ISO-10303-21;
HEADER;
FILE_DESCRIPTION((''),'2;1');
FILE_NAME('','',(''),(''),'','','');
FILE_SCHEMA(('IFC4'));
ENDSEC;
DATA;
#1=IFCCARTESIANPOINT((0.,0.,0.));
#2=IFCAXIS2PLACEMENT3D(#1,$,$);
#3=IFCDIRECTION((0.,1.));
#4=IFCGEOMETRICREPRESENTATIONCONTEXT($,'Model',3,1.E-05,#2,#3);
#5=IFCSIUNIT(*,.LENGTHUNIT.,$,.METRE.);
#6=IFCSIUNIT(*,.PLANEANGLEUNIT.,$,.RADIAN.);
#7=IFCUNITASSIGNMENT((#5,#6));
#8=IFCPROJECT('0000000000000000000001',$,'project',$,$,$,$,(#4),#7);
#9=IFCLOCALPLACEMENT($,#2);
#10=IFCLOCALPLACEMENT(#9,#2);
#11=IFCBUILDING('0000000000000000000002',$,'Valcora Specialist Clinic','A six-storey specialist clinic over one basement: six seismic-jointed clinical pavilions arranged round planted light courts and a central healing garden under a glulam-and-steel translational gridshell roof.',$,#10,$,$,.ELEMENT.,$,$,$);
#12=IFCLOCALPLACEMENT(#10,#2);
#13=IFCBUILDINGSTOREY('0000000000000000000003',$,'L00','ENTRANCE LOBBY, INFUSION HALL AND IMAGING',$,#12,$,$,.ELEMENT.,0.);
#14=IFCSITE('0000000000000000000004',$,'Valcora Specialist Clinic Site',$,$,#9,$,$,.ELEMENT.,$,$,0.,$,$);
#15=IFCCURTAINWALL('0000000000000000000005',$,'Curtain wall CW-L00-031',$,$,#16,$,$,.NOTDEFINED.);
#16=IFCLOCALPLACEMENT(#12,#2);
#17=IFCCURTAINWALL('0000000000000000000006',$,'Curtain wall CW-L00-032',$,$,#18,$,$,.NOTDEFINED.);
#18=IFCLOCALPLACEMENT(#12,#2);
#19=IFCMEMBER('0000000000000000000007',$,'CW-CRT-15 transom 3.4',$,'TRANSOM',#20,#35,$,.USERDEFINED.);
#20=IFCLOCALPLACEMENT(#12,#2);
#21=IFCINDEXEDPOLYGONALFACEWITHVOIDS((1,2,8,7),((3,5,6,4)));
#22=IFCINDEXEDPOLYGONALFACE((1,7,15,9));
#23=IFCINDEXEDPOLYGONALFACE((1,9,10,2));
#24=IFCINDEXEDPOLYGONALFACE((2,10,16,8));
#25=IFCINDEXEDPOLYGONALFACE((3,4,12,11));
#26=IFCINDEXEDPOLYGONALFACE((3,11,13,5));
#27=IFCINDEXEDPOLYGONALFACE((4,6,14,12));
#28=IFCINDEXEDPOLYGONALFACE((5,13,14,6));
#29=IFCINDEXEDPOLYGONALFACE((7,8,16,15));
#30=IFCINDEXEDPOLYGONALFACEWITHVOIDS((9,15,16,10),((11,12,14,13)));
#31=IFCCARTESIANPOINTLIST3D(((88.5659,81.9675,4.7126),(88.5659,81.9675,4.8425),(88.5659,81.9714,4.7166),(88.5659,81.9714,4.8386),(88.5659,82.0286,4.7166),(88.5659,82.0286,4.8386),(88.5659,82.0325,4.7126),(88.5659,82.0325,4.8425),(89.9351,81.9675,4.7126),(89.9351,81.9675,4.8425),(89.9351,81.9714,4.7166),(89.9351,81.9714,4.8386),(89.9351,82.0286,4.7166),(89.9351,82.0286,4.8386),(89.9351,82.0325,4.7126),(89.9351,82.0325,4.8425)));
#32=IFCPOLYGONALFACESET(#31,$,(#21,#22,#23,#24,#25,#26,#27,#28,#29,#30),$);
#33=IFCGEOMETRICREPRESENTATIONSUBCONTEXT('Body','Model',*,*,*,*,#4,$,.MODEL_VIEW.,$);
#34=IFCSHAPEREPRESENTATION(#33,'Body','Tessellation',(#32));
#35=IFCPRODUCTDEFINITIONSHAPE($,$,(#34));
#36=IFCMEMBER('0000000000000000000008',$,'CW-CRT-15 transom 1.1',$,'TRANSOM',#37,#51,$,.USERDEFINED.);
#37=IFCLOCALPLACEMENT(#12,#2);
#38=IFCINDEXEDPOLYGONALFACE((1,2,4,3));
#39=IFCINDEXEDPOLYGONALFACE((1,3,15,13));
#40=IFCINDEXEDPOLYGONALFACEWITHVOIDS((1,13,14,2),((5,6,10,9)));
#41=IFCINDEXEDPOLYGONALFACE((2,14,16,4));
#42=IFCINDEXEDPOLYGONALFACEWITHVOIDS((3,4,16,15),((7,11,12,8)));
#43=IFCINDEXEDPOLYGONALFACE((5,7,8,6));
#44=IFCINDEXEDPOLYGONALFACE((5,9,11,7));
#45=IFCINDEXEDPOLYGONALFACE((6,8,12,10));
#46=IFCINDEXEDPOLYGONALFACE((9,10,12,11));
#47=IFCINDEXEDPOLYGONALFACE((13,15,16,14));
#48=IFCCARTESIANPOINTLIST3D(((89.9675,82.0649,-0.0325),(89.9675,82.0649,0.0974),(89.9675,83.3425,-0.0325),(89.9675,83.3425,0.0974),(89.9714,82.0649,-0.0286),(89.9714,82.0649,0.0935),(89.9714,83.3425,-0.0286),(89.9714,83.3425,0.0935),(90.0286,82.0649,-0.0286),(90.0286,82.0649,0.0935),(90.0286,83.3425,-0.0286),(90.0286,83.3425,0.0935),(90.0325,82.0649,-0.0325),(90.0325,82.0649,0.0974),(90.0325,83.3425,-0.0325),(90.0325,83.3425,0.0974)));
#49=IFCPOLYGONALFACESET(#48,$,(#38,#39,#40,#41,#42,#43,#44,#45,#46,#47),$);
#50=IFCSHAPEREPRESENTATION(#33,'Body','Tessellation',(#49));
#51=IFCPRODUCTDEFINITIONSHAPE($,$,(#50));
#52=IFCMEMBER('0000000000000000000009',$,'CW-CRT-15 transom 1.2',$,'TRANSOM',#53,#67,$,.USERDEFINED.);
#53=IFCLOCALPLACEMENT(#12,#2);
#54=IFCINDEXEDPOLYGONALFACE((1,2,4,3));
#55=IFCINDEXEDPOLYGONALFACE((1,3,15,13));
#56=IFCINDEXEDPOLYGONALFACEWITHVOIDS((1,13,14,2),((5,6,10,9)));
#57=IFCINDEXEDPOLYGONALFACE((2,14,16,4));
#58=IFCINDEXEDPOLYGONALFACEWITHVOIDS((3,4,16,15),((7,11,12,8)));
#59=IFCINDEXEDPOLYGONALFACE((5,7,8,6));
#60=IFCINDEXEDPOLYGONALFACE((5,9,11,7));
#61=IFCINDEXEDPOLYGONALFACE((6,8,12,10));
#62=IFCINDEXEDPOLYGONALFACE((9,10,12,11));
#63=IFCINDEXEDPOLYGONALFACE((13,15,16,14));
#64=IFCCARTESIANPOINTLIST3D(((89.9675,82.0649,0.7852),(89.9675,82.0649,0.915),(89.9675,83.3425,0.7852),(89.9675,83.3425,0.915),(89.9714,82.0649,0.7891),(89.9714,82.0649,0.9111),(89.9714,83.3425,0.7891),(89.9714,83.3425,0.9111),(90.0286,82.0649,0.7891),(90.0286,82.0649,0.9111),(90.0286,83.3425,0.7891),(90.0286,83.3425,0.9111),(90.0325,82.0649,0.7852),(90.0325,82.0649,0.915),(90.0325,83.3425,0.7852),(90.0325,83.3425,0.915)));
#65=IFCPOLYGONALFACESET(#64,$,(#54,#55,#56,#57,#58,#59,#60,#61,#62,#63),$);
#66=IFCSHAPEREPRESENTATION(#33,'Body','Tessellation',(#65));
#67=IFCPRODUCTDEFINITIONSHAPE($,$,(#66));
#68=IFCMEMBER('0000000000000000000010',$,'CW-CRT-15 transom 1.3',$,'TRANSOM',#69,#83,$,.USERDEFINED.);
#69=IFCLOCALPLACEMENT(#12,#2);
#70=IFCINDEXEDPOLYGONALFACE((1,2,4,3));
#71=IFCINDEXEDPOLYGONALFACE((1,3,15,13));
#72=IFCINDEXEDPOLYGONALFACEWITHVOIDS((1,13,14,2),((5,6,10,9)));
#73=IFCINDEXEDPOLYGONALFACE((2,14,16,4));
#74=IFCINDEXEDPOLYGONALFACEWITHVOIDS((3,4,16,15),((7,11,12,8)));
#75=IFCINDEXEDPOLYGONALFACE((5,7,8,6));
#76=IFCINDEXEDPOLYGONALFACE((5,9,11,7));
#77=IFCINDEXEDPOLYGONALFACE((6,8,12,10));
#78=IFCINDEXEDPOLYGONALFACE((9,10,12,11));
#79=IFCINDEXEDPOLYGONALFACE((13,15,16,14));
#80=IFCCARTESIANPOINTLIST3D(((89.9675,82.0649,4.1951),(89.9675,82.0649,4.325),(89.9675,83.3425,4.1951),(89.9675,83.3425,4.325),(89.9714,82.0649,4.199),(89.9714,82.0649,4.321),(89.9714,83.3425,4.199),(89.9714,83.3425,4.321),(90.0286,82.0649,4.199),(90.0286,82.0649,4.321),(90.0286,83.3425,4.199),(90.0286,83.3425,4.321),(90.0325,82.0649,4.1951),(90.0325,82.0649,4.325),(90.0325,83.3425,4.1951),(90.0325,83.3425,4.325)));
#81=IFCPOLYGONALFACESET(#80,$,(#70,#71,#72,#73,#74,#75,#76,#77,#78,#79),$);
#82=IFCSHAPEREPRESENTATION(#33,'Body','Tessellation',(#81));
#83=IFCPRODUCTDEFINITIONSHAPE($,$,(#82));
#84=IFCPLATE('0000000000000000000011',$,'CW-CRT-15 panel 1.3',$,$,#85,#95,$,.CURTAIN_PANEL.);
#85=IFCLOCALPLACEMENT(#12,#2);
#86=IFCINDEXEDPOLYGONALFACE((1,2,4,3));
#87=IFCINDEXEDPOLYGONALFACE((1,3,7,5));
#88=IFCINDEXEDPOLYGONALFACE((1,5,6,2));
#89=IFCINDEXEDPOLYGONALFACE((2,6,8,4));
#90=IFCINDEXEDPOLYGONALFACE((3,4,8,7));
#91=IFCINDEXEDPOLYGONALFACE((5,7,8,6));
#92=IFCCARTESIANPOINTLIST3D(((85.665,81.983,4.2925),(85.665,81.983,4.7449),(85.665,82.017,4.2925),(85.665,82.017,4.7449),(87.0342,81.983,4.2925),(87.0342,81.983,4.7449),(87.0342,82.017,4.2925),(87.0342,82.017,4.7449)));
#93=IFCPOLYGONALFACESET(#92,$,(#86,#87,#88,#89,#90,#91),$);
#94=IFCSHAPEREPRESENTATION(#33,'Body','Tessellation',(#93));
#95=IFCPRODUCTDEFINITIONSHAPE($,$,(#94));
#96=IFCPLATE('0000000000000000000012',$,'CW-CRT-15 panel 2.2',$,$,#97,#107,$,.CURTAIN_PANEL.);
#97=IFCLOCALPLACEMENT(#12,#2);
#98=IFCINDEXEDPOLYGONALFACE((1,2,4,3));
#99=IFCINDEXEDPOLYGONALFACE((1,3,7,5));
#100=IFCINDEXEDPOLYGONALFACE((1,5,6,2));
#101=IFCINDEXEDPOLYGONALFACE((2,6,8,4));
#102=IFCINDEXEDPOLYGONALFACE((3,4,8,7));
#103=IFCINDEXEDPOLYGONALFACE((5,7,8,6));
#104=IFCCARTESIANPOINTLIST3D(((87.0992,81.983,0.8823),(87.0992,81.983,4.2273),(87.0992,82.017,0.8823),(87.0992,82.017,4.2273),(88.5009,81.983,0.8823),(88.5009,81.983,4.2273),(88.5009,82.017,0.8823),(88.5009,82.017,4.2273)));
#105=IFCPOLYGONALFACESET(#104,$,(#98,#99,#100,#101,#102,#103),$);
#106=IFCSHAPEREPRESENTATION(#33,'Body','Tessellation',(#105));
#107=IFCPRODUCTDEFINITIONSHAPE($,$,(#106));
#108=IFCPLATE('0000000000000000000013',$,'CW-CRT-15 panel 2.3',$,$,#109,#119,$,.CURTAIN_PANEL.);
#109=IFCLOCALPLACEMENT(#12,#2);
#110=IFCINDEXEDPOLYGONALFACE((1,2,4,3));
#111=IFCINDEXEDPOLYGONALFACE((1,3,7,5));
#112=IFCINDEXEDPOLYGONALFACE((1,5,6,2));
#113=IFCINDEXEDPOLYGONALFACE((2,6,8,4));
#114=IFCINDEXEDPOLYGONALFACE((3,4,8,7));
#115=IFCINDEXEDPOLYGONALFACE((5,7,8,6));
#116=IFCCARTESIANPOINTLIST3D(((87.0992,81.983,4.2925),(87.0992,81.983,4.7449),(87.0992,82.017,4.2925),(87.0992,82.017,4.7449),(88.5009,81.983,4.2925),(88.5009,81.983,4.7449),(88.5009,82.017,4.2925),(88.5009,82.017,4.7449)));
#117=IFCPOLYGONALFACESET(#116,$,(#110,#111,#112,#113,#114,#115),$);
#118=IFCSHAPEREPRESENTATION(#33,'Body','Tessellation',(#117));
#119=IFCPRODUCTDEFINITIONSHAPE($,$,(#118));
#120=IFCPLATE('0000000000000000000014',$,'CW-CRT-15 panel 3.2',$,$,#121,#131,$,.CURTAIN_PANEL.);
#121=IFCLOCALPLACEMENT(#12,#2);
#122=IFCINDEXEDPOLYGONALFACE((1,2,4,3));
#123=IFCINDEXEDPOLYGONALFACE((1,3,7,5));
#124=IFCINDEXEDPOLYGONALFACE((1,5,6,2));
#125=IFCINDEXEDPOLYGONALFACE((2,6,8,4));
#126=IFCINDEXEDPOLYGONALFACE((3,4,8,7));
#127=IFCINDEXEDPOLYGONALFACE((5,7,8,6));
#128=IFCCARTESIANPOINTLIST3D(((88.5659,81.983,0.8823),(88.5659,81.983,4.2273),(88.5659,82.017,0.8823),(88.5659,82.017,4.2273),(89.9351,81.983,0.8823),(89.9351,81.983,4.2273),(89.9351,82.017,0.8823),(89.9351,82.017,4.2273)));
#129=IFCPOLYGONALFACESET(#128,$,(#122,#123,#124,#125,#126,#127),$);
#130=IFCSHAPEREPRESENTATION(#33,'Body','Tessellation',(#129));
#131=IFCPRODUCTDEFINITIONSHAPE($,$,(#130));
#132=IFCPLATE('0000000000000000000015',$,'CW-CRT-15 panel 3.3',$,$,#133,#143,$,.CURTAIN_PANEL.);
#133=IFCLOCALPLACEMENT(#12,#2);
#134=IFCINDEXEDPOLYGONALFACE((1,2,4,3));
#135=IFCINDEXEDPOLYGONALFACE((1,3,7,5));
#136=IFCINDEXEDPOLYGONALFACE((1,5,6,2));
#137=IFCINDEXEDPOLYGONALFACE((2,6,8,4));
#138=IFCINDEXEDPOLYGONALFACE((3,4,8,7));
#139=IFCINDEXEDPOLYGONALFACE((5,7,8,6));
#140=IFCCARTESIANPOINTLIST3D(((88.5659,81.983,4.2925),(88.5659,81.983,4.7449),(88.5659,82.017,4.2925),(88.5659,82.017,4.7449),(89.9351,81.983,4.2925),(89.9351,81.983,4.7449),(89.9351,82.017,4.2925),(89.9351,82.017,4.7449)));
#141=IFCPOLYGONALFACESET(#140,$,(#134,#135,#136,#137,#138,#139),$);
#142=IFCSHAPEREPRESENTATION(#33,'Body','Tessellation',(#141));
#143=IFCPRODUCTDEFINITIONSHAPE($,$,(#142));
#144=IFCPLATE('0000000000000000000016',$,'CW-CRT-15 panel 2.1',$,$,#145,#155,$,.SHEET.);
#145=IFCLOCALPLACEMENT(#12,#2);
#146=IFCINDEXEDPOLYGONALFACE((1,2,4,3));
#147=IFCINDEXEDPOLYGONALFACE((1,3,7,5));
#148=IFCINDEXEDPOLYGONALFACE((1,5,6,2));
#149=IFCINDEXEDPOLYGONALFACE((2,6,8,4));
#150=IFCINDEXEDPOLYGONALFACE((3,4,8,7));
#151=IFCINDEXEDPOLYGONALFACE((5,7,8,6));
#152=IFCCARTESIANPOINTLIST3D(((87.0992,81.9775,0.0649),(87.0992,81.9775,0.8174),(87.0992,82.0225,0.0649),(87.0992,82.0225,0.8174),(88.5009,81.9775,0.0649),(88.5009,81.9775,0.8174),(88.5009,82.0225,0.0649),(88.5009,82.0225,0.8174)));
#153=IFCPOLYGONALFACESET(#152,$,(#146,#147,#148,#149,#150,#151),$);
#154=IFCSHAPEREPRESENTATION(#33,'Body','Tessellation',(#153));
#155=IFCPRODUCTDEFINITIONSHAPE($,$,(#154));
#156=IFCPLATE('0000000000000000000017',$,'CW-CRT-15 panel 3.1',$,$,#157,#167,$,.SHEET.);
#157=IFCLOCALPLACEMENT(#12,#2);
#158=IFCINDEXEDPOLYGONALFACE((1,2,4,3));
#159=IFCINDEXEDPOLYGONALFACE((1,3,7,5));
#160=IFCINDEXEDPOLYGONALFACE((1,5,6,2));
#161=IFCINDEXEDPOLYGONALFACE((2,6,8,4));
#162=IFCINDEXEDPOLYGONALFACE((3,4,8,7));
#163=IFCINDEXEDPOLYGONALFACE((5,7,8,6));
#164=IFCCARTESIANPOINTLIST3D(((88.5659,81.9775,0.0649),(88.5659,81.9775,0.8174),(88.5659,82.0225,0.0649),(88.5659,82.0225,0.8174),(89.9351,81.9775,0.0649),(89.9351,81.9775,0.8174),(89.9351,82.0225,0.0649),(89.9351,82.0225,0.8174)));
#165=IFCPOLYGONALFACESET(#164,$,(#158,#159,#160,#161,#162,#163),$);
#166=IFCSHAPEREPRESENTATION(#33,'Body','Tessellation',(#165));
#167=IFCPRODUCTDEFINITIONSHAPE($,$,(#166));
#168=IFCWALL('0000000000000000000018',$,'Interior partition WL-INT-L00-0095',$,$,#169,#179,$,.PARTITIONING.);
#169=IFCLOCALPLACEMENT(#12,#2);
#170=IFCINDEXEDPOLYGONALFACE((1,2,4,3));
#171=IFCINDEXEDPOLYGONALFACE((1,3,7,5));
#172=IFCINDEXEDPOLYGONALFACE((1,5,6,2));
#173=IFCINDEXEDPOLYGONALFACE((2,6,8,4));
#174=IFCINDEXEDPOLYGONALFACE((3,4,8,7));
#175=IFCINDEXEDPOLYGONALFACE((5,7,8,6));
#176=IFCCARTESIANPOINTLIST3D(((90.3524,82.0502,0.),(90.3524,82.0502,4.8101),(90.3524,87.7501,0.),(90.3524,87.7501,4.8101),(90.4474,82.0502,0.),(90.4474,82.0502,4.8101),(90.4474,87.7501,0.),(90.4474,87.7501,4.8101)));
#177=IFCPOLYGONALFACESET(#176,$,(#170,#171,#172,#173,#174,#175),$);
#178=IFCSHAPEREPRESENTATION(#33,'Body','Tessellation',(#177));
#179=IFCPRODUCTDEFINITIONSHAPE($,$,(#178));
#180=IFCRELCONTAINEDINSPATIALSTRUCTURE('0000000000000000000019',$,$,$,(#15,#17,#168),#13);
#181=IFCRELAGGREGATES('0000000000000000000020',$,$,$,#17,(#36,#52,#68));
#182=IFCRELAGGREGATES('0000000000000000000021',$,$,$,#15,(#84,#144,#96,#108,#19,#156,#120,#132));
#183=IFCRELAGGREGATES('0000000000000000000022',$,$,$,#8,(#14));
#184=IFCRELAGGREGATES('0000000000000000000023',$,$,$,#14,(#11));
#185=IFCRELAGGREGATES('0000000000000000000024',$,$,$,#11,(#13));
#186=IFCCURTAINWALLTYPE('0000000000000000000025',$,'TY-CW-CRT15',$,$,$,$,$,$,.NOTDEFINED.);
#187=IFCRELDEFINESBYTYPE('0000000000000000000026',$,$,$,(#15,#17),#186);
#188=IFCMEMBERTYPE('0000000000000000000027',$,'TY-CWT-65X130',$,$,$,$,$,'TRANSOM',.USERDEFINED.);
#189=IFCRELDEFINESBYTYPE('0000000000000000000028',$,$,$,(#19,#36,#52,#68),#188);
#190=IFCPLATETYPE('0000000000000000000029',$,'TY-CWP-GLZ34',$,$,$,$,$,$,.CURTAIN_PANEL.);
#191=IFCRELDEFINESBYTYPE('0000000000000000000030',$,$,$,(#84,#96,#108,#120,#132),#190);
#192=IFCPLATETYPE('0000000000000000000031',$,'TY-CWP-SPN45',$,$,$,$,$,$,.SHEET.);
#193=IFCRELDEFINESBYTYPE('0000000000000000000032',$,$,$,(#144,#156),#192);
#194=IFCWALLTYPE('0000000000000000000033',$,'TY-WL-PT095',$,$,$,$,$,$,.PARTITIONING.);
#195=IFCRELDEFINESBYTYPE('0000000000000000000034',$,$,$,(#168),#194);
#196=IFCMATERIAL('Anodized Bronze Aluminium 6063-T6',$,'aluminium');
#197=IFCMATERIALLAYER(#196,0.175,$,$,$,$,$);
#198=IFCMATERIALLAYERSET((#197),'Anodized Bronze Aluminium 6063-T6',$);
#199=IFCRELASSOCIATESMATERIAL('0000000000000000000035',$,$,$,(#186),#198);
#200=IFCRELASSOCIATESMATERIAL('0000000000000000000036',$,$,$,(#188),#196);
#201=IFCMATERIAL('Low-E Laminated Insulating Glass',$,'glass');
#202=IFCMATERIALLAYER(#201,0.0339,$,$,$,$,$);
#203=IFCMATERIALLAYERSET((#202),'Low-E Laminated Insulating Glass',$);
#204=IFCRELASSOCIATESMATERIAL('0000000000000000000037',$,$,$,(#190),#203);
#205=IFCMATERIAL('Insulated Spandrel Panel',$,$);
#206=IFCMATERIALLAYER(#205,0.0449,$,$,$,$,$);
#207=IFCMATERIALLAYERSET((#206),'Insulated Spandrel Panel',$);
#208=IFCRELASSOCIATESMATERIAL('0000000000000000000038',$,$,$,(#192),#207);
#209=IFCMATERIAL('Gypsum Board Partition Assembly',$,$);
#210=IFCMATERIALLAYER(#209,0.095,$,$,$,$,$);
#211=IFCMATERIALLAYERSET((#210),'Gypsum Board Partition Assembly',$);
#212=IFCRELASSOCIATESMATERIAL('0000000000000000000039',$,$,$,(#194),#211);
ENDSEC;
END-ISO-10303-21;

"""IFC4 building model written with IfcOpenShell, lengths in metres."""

from ifc_helpers import new_model, si_unit, direction, frame, frame_2d, origin, origin_2d, place, context, subcontext, project, spatial, rectangle, hollow_rectangle, extrude, material, layer, layer_set, material_profile, profile_set, type_object, element, aggregate, save


model = new_model("IFC4")

# Units and contexts
model_context = context("Model", 3, precision=1e-05, world=origin(), true_north=direction((0.0, 1.0)))
body_context = subcontext(model_context, "Body", "Model", "MODEL_VIEW")
ifc_project = project(units=[si_unit("LENGTHUNIT", "METRE"), si_unit("PLANEANGLEUNIT", "RADIAN")], contexts=[model_context])

# Site, building, storey
site_placement = place(None, origin())
site = spatial("IfcSite", under=ifc_project, at=site_placement, Name="Valcora Specialist Clinic Site", CompositionType="ELEMENT", RefElevation=0.0)
building_placement = place(site_placement, origin())
building = spatial("IfcBuilding", under=site, at=building_placement, Name="Valcora Specialist Clinic", Description="A six-storey specialist clinic over one basement: six seismic-jointed clinical pavilions arranged round planted light courts and a central healing garden under a glulam-and-steel translational gridshell roof.", CompositionType="ELEMENT")
storey_placement = place(building_placement, origin())
storey = spatial("IfcBuildingStorey", under=building, at=storey_placement, Name="L00", Description="ENTRANCE LOBBY, INFUSION HALL AND IMAGING", CompositionType="ELEMENT", Elevation=0.0)

# Curtain wall
ifc_material_1 = material(Name="Anodized Bronze Aluminium 6063-T6", Category="aluminium")
ifc_layer_1 = layer(ifc_material_1, 0.175)
ifc_layer_set_1 = layer_set([ifc_layer_1], Name="Anodized Bronze Aluminium 6063-T6")
curtain_wall_type = type_object("IfcCurtainWallType", Name="TY-CW-CRT15", PredefinedType="NOTDEFINED", material=ifc_layer_set_1)
curtain_wall_1_placement = place(storey_placement, origin())
curtain_wall_1 = element("IfcCurtainWall", 1, at=curtain_wall_1_placement, inside=storey, type_object=curtain_wall_type, Name="Curtain wall CW-L00-031", PredefinedType="NOTDEFINED")

# Curtain wall
curtain_wall_2_placement = place(storey_placement, origin())
curtain_wall_2 = element("IfcCurtainWall", 2, at=curtain_wall_2_placement, inside=storey, type_object=curtain_wall_type, Name="Curtain wall CW-L00-032", PredefinedType="NOTDEFINED")

# Members
ifc_material_profile_1 = material_profile(ifc_material_1, hollow_rectangle(XDim=0.0649, YDim=0.1299, WallThickness=0.0039, at=origin_2d()), Name="AL-TRN-65X130")
ifc_profile_set_1 = profile_set([ifc_material_profile_1], Name="Anodized Bronze Aluminium 6063-T6")
member_type_1 = type_object("IfcMemberType", Name="TY-CWT-65X130", ElementType="TRANSOM", PredefinedType="USERDEFINED", material=ifc_profile_set_1)
member_1_placement = place(storey_placement, frame((88.5659, 82.0, 4.7776), z_axis=(1.0, 0.0, 0.0), x_axis=(0.0, 1.0, 0.0)))
member_1 = element("IfcMember", 3, at=member_1_placement, type_object=member_type_1, Name="CW-CRT-15 transom 3.4", ObjectType="TRANSOM", PredefinedType="USERDEFINED", context=body_context, shape_type="SweptSolid", body=[
    extrude(hollow_rectangle(XDim=0.0649, YDim=0.1299, WallThickness=0.0039, at=origin_2d()), origin(), (0.0, 0.0, 1.0), 1.3691),
])
member_2_placement = place(storey_placement, frame((90.0, 82.0649, 0.0325), z_axis=(0.0, 1.0, 0.0), x_axis=(-1.0, 0.0, 0.0)))
member_2 = element("IfcMember", 4, at=member_2_placement, type_object=member_type_1, Name="CW-CRT-15 transom 1.1", ObjectType="TRANSOM", PredefinedType="USERDEFINED", context=body_context, shape_type="SweptSolid", body=[
    extrude(hollow_rectangle(XDim=0.0649, YDim=0.1299, WallThickness=0.0039, at=origin_2d()), origin(), (0.0, 0.0, 1.0), 1.2776),
])
member_3_placement = place(storey_placement, frame((90.0, 82.0649, 0.8501), z_axis=(0.0, 1.0, 0.0), x_axis=(-1.0, 0.0, 0.0)))
member_3 = element("IfcMember", 5, at=member_3_placement, type_object=member_type_1, Name="CW-CRT-15 transom 1.2", ObjectType="TRANSOM", PredefinedType="USERDEFINED", context=body_context, shape_type="SweptSolid", body=[
    extrude(hollow_rectangle(XDim=0.0649, YDim=0.1299, WallThickness=0.0039, at=origin_2d()), origin(), (0.0, 0.0, 1.0), 1.2776),
])
member_4_placement = place(storey_placement, frame((90.0, 82.0649, 4.26), z_axis=(0.0, 1.0, 0.0), x_axis=(-1.0, 0.0, 0.0)))
member_4 = element("IfcMember", 6, at=member_4_placement, type_object=member_type_1, Name="CW-CRT-15 transom 1.3", ObjectType="TRANSOM", PredefinedType="USERDEFINED", context=body_context, shape_type="SweptSolid", body=[
    extrude(hollow_rectangle(XDim=0.0649, YDim=0.1299, WallThickness=0.0039, at=origin_2d()), origin(), (0.0, 0.0, 1.0), 1.2776),
])
aggregate(curtain_wall_2, [member_2, member_3, member_4])

# Plates
ifc_material_2 = material(Name="Low-E Laminated Insulating Glass", Category="glass")
ifc_layer_2 = layer(ifc_material_2, 0.0339)
ifc_layer_set_2 = layer_set([ifc_layer_2], Name="Low-E Laminated Insulating Glass")
plate_type_1 = type_object("IfcPlateType", Name="TY-CWP-GLZ34", PredefinedType="CURTAIN_PANEL", material=ifc_layer_set_2)
plate_1_placement = place(storey_placement, frame((86.3496, 82.0, 4.2925), z_axis=(0.0, 0.0, 1.0), x_axis=(1.0, 0.0, 0.0)))
plate_1 = element("IfcPlate", 7, at=plate_1_placement, type_object=plate_type_1, Name="CW-CRT-15 panel 1.3", PredefinedType="CURTAIN_PANEL", context=body_context, shape_type="SweptSolid", body=[
    extrude(rectangle(XDim=1.3691, YDim=0.0339, at=origin_2d()), origin(), (0.0, 0.0, 1.0), 0.4524),
])
plate_2_placement = place(storey_placement, frame((87.8, 82.0, 0.8823), z_axis=(0.0, 0.0, 1.0), x_axis=(1.0, 0.0, 0.0)))
plate_2 = element("IfcPlate", 8, at=plate_2_placement, type_object=plate_type_1, Name="CW-CRT-15 panel 2.2", PredefinedType="CURTAIN_PANEL", context=body_context, shape_type="SweptSolid", body=[
    extrude(rectangle(XDim=1.4016, YDim=0.0339, at=origin_2d()), origin(), (0.0, 0.0, 1.0), 3.345),
])
plate_3_placement = place(storey_placement, frame((87.8, 82.0, 4.2925), z_axis=(0.0, 0.0, 1.0), x_axis=(1.0, 0.0, 0.0)))
plate_3 = element("IfcPlate", 9, at=plate_3_placement, type_object=plate_type_1, Name="CW-CRT-15 panel 2.3", PredefinedType="CURTAIN_PANEL", context=body_context, shape_type="SweptSolid", body=[
    extrude(rectangle(XDim=1.4016, YDim=0.0339, at=origin_2d()), origin(), (0.0, 0.0, 1.0), 0.4524),
])
plate_4_placement = place(storey_placement, frame((89.2505, 82.0, 0.8823), z_axis=(0.0, 0.0, 1.0), x_axis=(1.0, 0.0, 0.0)))
plate_4 = element("IfcPlate", 10, at=plate_4_placement, type_object=plate_type_1, Name="CW-CRT-15 panel 3.2", PredefinedType="CURTAIN_PANEL", context=body_context, shape_type="SweptSolid", body=[
    extrude(rectangle(XDim=1.3691, YDim=0.0339, at=origin_2d()), origin(), (0.0, 0.0, 1.0), 3.345),
])
plate_5_placement = place(storey_placement, frame((89.2505, 82.0, 4.2925), z_axis=(0.0, 0.0, 1.0), x_axis=(1.0, 0.0, 0.0)))
plate_5 = element("IfcPlate", 11, at=plate_5_placement, type_object=plate_type_1, Name="CW-CRT-15 panel 3.3", PredefinedType="CURTAIN_PANEL", context=body_context, shape_type="SweptSolid", body=[
    extrude(rectangle(XDim=1.3691, YDim=0.0339, at=origin_2d()), origin(), (0.0, 0.0, 1.0), 0.4524),
])
ifc_material_3 = material(Name="Insulated Spandrel Panel")
ifc_layer_3 = layer(ifc_material_3, 0.0449)
ifc_layer_set_3 = layer_set([ifc_layer_3], Name="Insulated Spandrel Panel")
plate_type_2 = type_object("IfcPlateType", Name="TY-CWP-SPN45", PredefinedType="SHEET", material=ifc_layer_set_3)
plate_6_placement = place(storey_placement, frame((87.8, 82.0, 0.0649), z_axis=(0.0, 0.0, 1.0), x_axis=(1.0, 0.0, 0.0)))
plate_6 = element("IfcPlate", 12, at=plate_6_placement, type_object=plate_type_2, Name="CW-CRT-15 panel 2.1", PredefinedType="SHEET", context=body_context, shape_type="SweptSolid", body=[
    extrude(rectangle(XDim=1.4016, YDim=0.0449, at=origin_2d()), origin(), (0.0, 0.0, 1.0), 0.7524),
])
plate_7_placement = place(storey_placement, frame((89.2505, 82.0, 0.0649), z_axis=(0.0, 0.0, 1.0), x_axis=(1.0, 0.0, 0.0)))
plate_7 = element("IfcPlate", 13, at=plate_7_placement, type_object=plate_type_2, Name="CW-CRT-15 panel 3.1", PredefinedType="SHEET", context=body_context, shape_type="SweptSolid", body=[
    extrude(rectangle(XDim=1.3691, YDim=0.0449, at=origin_2d()), origin(), (0.0, 0.0, 1.0), 0.7524),
])
aggregate(curtain_wall_1, [plate_1, plate_6, plate_2, plate_3, member_1, plate_7, plate_4, plate_5])

# Wall
ifc_material_4 = material(Name="Gypsum Board Partition Assembly")
ifc_layer_4 = layer(ifc_material_4, 0.095)
ifc_layer_set_4 = layer_set([ifc_layer_4], Name="Gypsum Board Partition Assembly")
wall_type = type_object("IfcWallType", Name="TY-WL-PT095", PredefinedType="PARTITIONING", material=ifc_layer_set_4)
wall_placement = place(storey_placement, frame((90.3999, 82.05, 0.0), z_axis=(0.0, 0.0, 1.0), x_axis=(0.0, 1.0, 0.0)))
element("IfcWall", 14, at=wall_placement, inside=storey, type_object=wall_type, Name="Interior partition WL-INT-L00-0095", PredefinedType="PARTITIONING", context=body_context, shape_type="SweptSolid", body=[
    extrude(rectangle(XDim=5.7, YDim=0.095, at=frame_2d((2.8501, 0.0))), origin(), (0.0, 0.0, 1.0), 4.8101),
])

save(model, "model.ifc")
